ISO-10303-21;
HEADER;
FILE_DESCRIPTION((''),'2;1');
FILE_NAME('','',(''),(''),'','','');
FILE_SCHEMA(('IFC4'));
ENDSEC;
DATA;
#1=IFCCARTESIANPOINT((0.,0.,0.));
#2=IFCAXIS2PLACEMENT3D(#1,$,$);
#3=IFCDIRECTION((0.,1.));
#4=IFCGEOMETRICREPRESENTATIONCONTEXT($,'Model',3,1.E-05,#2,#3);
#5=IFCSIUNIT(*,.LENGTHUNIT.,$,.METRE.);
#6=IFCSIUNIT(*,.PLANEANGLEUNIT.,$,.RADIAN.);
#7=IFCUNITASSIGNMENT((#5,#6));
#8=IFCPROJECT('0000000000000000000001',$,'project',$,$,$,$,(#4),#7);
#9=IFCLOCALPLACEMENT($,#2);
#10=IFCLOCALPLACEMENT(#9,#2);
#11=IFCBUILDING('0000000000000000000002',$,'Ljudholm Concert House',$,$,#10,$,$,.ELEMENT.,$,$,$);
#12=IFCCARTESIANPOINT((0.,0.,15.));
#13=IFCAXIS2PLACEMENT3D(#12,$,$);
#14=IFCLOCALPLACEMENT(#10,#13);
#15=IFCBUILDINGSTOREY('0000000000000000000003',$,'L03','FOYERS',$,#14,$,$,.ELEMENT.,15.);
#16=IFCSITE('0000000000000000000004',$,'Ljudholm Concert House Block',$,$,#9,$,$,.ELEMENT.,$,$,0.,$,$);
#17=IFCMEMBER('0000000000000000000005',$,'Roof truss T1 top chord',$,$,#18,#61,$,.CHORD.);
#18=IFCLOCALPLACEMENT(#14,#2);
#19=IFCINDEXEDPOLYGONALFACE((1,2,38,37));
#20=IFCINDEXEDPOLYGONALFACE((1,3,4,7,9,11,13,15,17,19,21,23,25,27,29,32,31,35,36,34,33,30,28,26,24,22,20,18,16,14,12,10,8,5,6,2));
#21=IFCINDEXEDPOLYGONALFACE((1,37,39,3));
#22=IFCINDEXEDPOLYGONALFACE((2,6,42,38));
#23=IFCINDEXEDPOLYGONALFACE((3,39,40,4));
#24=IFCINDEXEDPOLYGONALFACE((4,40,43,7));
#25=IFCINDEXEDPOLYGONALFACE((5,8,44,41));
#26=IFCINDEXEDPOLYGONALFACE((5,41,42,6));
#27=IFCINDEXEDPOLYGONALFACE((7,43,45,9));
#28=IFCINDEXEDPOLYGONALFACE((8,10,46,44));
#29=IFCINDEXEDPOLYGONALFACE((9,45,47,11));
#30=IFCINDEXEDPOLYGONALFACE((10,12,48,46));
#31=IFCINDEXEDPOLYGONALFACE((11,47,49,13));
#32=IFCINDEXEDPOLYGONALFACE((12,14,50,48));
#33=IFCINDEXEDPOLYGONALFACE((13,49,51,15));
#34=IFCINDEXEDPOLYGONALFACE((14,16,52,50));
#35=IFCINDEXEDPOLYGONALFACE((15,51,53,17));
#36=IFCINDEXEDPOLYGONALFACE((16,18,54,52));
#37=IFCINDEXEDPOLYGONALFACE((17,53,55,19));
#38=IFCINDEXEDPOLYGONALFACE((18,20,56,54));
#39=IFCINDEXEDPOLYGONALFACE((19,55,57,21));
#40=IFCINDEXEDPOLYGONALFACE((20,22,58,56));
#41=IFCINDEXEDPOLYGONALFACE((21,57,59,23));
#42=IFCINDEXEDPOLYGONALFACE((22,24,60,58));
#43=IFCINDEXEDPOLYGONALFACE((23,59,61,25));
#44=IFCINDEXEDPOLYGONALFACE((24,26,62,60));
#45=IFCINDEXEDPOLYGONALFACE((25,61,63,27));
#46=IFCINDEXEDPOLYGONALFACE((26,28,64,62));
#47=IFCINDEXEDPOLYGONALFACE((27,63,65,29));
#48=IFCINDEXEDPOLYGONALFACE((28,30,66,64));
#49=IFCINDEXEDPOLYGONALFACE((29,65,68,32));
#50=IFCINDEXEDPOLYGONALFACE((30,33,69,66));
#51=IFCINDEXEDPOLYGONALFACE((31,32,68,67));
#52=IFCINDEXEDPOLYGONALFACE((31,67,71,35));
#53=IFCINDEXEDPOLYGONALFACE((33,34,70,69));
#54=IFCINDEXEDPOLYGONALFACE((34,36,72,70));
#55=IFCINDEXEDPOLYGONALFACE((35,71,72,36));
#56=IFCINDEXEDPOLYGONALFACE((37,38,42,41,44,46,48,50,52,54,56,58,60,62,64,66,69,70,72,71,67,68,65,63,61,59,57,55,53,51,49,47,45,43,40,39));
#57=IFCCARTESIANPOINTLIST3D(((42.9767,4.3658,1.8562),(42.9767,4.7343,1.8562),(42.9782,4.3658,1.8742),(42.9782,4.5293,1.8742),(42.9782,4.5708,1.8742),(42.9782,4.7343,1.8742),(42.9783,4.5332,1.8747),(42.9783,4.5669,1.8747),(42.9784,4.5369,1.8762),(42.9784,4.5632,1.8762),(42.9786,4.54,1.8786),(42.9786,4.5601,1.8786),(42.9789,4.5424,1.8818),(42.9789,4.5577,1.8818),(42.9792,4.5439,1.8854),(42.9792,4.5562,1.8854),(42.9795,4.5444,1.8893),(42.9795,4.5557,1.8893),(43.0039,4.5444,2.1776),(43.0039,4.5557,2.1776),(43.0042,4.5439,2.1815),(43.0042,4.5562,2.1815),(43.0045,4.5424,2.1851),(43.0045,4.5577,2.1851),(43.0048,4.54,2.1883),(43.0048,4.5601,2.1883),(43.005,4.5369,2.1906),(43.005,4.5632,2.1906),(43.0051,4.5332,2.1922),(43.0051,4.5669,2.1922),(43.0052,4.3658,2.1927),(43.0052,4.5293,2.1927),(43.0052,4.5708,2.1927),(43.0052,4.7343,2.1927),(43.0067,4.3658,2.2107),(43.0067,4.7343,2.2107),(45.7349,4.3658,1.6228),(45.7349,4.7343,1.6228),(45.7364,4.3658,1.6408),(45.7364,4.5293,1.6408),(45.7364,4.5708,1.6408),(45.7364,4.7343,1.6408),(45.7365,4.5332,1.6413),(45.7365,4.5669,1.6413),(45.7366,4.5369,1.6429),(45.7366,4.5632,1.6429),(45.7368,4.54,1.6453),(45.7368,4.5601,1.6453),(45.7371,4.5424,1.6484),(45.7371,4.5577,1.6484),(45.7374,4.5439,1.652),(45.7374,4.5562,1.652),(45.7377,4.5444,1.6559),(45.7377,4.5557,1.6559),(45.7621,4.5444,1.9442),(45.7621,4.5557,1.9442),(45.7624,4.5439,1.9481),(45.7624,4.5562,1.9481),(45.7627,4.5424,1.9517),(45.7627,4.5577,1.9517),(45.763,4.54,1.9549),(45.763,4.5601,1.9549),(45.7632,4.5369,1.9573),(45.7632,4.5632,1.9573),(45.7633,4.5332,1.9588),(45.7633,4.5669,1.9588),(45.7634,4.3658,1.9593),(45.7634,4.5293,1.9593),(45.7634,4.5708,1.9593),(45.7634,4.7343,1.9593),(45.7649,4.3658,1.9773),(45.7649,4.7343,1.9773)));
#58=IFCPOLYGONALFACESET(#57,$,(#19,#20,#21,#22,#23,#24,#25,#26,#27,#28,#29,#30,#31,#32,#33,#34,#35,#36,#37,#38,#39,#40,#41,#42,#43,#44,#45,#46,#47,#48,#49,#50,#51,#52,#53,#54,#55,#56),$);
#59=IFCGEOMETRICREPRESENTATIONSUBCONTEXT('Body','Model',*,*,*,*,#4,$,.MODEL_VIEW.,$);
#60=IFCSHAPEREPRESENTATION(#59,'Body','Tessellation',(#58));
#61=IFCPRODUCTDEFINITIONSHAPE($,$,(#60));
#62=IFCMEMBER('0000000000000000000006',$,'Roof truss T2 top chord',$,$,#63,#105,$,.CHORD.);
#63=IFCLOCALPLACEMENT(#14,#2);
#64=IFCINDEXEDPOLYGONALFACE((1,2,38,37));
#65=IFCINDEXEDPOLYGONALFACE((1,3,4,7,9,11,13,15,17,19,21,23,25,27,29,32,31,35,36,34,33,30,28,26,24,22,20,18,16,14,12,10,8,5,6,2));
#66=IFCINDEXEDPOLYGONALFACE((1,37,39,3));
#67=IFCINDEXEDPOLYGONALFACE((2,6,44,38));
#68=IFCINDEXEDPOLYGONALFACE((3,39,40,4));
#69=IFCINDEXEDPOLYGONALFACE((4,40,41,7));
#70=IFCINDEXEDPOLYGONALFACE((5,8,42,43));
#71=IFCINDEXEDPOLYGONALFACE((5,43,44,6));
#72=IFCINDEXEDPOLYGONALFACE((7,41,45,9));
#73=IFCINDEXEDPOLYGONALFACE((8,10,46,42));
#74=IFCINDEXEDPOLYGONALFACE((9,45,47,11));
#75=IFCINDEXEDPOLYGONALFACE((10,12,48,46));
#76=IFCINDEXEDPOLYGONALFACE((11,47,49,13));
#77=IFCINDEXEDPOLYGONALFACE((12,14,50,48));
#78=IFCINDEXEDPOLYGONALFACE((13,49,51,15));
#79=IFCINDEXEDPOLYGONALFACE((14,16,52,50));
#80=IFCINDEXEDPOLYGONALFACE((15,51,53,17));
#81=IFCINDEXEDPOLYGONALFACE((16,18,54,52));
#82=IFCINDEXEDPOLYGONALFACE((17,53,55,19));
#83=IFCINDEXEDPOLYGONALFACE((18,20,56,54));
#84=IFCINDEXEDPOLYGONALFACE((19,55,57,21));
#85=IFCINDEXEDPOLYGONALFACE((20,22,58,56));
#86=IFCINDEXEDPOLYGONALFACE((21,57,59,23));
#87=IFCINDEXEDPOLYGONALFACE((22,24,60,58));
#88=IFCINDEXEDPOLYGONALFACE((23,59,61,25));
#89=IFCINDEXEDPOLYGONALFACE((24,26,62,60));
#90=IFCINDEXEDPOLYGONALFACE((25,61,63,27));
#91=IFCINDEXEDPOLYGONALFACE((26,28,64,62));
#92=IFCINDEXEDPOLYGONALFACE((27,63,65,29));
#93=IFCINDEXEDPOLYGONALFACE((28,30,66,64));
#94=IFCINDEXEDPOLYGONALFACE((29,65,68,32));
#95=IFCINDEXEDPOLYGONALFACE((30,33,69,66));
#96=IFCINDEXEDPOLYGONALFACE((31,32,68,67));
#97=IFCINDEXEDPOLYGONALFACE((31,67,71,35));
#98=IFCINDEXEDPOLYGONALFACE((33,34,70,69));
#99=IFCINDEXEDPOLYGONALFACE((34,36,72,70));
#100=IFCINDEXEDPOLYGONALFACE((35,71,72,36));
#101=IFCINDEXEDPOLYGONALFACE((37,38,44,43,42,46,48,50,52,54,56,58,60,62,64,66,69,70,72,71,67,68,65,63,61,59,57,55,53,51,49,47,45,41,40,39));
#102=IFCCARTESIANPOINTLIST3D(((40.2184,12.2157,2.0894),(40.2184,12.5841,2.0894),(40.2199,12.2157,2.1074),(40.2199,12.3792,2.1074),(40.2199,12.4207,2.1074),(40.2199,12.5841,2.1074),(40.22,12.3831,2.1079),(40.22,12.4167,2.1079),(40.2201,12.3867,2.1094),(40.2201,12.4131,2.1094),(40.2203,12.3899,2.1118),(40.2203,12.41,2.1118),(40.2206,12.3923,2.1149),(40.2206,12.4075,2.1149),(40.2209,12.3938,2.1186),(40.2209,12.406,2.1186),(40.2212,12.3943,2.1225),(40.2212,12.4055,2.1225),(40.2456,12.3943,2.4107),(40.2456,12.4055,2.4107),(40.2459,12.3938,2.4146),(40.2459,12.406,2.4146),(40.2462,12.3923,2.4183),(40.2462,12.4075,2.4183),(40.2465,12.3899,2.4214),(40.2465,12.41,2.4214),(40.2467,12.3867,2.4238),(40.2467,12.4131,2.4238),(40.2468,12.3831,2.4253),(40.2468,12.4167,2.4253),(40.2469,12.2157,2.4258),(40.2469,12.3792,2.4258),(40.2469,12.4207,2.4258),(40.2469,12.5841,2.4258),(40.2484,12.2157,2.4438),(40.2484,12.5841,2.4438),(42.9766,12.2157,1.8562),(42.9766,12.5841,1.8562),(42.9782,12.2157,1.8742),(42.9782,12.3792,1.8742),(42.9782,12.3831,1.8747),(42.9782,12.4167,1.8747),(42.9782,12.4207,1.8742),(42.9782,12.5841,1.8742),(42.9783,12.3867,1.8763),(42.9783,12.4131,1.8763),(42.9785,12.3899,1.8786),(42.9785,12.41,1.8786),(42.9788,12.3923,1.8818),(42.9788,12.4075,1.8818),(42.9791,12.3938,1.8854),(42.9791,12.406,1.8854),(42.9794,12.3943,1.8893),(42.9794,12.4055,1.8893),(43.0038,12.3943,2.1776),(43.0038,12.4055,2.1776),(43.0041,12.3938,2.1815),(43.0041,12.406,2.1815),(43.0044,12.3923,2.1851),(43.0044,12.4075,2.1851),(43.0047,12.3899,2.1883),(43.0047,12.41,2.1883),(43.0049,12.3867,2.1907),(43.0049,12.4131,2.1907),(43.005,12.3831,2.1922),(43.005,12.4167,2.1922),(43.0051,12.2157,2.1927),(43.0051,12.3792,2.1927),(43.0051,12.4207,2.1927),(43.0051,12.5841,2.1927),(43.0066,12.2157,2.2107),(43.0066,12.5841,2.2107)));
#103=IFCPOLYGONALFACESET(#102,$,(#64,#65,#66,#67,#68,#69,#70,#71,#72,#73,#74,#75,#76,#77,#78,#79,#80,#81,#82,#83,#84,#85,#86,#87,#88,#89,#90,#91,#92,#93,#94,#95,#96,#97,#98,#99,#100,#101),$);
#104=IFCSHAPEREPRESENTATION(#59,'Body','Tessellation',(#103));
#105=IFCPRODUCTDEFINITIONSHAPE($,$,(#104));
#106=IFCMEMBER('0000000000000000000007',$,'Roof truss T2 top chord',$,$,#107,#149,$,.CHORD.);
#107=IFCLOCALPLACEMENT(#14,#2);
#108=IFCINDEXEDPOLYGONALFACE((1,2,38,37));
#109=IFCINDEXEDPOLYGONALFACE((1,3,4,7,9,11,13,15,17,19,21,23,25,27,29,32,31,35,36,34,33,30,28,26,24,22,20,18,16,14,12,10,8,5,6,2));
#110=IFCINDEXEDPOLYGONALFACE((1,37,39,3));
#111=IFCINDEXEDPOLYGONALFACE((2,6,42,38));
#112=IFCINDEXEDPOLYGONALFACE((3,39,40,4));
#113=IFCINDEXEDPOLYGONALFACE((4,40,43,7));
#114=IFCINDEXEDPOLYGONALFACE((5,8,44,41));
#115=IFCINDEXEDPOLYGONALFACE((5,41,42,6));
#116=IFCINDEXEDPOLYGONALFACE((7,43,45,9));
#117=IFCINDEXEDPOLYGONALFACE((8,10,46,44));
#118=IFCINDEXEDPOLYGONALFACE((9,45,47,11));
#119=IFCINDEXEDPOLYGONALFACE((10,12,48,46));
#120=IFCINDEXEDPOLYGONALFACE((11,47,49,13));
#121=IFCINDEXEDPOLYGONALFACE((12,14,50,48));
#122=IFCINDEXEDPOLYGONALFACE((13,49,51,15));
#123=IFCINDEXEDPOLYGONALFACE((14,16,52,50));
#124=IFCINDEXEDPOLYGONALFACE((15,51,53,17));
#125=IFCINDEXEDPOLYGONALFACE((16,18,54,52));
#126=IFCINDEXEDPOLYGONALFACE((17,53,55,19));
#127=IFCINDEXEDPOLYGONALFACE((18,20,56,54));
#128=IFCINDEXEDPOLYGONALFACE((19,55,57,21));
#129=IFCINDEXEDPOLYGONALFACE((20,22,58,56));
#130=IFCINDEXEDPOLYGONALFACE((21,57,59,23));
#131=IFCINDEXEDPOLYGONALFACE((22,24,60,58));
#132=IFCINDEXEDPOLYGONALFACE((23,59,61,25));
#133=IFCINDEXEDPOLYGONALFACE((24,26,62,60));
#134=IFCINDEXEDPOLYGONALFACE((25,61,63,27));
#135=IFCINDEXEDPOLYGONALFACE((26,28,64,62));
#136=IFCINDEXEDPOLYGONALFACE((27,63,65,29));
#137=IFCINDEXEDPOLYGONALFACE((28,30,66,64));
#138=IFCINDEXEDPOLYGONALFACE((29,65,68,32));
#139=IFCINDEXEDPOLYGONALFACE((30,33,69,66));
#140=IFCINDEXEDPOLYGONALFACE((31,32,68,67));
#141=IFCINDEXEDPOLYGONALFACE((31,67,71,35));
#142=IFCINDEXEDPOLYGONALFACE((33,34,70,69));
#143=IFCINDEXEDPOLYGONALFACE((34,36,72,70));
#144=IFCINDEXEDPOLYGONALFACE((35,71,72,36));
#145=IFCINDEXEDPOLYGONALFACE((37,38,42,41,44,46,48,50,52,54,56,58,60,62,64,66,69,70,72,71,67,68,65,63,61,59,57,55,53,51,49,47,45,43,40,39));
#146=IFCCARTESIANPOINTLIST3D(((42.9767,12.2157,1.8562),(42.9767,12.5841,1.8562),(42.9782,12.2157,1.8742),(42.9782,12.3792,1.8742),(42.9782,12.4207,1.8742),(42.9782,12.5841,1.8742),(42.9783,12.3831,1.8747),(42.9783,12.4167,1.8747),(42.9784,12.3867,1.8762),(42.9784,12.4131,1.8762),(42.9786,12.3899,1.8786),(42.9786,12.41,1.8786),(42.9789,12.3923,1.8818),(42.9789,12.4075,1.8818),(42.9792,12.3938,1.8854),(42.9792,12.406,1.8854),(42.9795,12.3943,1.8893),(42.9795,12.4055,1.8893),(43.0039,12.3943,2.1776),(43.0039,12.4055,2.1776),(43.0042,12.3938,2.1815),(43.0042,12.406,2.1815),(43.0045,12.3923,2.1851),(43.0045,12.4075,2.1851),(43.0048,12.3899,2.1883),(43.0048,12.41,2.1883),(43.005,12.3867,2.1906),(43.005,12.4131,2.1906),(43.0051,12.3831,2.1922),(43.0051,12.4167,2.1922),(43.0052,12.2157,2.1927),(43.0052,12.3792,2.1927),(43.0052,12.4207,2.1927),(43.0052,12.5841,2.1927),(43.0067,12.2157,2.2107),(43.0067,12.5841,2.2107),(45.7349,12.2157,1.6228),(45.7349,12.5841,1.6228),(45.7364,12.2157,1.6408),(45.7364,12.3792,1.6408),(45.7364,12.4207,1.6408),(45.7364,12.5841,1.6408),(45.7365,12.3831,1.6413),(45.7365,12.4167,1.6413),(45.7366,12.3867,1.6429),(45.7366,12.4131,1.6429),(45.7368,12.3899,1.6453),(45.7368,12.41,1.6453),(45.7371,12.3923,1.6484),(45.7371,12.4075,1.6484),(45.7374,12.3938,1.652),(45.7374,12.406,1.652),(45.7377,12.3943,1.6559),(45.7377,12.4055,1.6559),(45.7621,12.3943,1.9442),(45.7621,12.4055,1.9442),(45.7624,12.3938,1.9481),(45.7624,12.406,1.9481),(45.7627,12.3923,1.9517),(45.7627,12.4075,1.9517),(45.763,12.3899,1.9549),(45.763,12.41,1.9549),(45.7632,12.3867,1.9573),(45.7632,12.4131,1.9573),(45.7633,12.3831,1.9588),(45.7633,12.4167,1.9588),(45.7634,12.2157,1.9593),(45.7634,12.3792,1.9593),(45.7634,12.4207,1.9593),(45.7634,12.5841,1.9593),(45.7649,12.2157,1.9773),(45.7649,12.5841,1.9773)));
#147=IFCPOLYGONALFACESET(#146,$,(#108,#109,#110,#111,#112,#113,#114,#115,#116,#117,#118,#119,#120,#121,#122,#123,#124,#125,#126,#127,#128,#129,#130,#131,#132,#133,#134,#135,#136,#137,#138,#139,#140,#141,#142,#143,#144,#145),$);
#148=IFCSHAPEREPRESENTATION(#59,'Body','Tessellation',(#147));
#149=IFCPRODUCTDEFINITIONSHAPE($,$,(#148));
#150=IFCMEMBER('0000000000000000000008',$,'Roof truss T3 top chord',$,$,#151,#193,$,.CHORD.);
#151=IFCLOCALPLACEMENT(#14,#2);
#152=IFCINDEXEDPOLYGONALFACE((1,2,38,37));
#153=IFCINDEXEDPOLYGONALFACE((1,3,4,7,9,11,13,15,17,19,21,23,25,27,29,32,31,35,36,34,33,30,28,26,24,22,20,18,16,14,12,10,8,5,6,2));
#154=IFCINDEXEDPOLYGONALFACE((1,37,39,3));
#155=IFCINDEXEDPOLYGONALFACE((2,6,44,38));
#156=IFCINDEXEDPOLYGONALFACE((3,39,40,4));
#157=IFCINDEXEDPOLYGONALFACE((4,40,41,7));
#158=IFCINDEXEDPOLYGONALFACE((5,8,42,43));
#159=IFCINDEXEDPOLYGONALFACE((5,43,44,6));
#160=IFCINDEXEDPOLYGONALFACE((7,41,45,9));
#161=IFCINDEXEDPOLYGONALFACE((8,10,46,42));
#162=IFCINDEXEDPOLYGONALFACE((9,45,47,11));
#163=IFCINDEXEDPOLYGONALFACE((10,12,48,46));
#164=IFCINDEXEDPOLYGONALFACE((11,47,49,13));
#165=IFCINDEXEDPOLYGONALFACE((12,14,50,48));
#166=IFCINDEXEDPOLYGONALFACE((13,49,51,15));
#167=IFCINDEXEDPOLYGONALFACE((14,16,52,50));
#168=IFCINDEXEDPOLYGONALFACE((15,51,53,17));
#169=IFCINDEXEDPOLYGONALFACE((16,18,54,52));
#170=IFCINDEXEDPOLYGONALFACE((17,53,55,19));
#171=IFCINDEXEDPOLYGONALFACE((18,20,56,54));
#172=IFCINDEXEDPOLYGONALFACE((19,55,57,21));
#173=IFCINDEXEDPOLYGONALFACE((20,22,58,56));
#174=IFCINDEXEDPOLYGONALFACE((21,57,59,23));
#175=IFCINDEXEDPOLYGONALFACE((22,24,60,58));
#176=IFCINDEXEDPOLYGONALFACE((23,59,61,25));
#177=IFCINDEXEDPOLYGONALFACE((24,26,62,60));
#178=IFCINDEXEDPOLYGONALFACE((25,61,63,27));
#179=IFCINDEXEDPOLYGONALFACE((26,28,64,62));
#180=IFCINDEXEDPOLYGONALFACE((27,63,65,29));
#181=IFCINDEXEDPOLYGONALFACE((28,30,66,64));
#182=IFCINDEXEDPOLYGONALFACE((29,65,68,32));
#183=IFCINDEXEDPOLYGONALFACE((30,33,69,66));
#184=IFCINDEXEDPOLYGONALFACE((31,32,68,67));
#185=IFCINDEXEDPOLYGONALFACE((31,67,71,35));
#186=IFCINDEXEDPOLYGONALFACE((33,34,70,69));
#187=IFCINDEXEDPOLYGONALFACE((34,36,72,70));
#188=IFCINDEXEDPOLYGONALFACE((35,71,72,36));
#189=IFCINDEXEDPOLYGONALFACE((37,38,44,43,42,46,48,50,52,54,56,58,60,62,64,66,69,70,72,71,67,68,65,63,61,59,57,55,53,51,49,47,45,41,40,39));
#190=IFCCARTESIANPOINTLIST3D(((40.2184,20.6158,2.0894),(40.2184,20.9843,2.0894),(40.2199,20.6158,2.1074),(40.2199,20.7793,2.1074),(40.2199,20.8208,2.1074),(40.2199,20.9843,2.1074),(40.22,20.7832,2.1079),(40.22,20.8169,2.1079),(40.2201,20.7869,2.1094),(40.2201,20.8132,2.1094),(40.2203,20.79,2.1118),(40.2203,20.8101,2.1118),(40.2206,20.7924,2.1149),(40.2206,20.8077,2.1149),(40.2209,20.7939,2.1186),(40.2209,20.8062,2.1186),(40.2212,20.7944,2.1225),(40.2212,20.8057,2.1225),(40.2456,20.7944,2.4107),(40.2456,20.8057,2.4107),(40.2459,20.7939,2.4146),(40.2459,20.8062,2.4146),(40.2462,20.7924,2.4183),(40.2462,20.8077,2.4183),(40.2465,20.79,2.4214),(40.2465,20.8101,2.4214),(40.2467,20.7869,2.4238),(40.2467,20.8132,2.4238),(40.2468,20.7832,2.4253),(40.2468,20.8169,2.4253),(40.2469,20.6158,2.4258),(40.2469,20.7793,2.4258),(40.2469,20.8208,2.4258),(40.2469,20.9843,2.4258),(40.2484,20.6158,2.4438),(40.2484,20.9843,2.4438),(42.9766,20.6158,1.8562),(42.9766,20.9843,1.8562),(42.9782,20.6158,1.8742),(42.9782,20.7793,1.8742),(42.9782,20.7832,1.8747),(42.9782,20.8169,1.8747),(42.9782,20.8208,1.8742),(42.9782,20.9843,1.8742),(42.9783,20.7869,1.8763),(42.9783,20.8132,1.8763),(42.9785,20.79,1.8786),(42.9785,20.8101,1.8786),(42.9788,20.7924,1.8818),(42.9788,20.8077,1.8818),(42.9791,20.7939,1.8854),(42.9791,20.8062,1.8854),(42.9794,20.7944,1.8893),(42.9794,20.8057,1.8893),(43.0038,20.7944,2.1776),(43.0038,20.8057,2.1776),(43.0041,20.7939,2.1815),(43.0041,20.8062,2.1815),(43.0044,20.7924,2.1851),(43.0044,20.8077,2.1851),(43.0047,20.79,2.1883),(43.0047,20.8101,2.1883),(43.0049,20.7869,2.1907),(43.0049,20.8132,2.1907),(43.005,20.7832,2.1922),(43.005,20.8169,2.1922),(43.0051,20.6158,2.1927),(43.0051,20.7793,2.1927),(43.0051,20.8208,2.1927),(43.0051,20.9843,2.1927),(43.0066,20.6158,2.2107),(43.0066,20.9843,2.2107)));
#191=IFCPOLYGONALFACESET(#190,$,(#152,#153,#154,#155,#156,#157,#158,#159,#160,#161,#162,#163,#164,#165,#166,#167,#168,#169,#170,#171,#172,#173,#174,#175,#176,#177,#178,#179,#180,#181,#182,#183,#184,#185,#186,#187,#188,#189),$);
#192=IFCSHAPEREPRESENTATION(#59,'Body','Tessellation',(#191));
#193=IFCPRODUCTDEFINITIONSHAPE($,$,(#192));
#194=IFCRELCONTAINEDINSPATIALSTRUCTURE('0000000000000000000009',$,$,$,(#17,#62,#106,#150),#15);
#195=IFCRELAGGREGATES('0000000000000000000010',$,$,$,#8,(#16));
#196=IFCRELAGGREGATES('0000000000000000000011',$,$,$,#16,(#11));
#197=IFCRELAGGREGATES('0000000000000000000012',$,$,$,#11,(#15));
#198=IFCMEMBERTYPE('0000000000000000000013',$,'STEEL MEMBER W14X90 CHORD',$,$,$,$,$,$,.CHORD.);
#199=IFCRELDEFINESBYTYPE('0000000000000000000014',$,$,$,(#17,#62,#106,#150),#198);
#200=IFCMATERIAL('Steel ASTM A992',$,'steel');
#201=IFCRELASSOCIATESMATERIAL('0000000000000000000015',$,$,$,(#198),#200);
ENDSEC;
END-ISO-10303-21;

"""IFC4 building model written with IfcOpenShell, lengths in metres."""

from ifc_helpers import new_model, si_unit, direction, frame, origin, origin_2d, place, context, subcontext, project, spatial, i_section, extrude, material, material_profile, profile_set, type_object, element, save


model = new_model("IFC4")

# Units and contexts
model_context = context("Model", 3, precision=1e-05, world=origin(), true_north=direction((0.0, 1.0)))
body_context = subcontext(model_context, "Body", "Model", "MODEL_VIEW")
ifc_project = project(units=[si_unit("LENGTHUNIT", "METRE"), si_unit("PLANEANGLEUNIT", "RADIAN")], contexts=[model_context])

# Site, building, storey
site_placement = place(None, origin())
site = spatial("IfcSite", under=ifc_project, at=site_placement, Name="Ljudholm Concert House Block", CompositionType="ELEMENT", RefElevation=0.0)
building_placement = place(site_placement, origin())
building = spatial("IfcBuilding", under=site, at=building_placement, Name="Ljudholm Concert House", CompositionType="ELEMENT")
storey_placement = place(building_placement, frame((0.0, 0.0, 15.0)))
storey = spatial("IfcBuildingStorey", under=building, at=storey_placement, Name="L03", Description="FOYERS", CompositionType="ELEMENT", Elevation=15.0)

# Members
ifc_material_1 = material(Name="Steel ASTM A992", Category="steel")
ifc_material_profile_1 = material_profile(ifc_material_1, i_section(OverallWidth=0.3684, OverallDepth=0.3557, WebThickness=0.0112, FlangeThickness=0.0181, FilletRadius=0.0151, at=origin_2d()), Name="W14X90")
ifc_profile_set_1 = profile_set([ifc_material_profile_1], Name="Steel ASTM A992")
member_type_1 = type_object("IfcMemberType", Name="STEEL MEMBER W14X90 CHORD", PredefinedType="CHORD", material=ifc_profile_set_1)
for number, where, z_axis, x_axis, name in (
    (1, (42.9917, 4.55, 2.0334), (0.996439, 0.0, -0.084315), (0.0, 1.0, 0.0), "Roof truss T1 top chord"),
    (2, (40.2334, 12.3999, 2.2666), (0.996447, 0.0, -0.084228), (0.0, 1.0, 0.0), "Roof truss T2 top chord"),
    (3, (42.9917, 12.3999, 2.0334), (0.996439, 0.0, -0.084315), (0.0, 1.0, 0.0), "Roof truss T2 top chord"),
    (4, (40.2334, 20.8, 2.2666), (0.996447, 0.0, -0.084228), (0.0, 1.0, 0.0), "Roof truss T3 top chord"),
):
    element("IfcMember", number, at=place(storey_placement, frame(where, z_axis=z_axis, x_axis=x_axis)), inside=storey, type_object=member_type_1, Name=name, PredefinedType="CHORD", context=body_context, shape_type="SweptSolid", body=[
        extrude(i_section(OverallWidth=0.3684, OverallDepth=0.3557, WebThickness=0.0112, FlangeThickness=0.0181, FilletRadius=0.0151, at=origin_2d()), origin(), (0.0, 0.0, 1.0), 2.7681),
    ])

save(model, "model.ifc")
